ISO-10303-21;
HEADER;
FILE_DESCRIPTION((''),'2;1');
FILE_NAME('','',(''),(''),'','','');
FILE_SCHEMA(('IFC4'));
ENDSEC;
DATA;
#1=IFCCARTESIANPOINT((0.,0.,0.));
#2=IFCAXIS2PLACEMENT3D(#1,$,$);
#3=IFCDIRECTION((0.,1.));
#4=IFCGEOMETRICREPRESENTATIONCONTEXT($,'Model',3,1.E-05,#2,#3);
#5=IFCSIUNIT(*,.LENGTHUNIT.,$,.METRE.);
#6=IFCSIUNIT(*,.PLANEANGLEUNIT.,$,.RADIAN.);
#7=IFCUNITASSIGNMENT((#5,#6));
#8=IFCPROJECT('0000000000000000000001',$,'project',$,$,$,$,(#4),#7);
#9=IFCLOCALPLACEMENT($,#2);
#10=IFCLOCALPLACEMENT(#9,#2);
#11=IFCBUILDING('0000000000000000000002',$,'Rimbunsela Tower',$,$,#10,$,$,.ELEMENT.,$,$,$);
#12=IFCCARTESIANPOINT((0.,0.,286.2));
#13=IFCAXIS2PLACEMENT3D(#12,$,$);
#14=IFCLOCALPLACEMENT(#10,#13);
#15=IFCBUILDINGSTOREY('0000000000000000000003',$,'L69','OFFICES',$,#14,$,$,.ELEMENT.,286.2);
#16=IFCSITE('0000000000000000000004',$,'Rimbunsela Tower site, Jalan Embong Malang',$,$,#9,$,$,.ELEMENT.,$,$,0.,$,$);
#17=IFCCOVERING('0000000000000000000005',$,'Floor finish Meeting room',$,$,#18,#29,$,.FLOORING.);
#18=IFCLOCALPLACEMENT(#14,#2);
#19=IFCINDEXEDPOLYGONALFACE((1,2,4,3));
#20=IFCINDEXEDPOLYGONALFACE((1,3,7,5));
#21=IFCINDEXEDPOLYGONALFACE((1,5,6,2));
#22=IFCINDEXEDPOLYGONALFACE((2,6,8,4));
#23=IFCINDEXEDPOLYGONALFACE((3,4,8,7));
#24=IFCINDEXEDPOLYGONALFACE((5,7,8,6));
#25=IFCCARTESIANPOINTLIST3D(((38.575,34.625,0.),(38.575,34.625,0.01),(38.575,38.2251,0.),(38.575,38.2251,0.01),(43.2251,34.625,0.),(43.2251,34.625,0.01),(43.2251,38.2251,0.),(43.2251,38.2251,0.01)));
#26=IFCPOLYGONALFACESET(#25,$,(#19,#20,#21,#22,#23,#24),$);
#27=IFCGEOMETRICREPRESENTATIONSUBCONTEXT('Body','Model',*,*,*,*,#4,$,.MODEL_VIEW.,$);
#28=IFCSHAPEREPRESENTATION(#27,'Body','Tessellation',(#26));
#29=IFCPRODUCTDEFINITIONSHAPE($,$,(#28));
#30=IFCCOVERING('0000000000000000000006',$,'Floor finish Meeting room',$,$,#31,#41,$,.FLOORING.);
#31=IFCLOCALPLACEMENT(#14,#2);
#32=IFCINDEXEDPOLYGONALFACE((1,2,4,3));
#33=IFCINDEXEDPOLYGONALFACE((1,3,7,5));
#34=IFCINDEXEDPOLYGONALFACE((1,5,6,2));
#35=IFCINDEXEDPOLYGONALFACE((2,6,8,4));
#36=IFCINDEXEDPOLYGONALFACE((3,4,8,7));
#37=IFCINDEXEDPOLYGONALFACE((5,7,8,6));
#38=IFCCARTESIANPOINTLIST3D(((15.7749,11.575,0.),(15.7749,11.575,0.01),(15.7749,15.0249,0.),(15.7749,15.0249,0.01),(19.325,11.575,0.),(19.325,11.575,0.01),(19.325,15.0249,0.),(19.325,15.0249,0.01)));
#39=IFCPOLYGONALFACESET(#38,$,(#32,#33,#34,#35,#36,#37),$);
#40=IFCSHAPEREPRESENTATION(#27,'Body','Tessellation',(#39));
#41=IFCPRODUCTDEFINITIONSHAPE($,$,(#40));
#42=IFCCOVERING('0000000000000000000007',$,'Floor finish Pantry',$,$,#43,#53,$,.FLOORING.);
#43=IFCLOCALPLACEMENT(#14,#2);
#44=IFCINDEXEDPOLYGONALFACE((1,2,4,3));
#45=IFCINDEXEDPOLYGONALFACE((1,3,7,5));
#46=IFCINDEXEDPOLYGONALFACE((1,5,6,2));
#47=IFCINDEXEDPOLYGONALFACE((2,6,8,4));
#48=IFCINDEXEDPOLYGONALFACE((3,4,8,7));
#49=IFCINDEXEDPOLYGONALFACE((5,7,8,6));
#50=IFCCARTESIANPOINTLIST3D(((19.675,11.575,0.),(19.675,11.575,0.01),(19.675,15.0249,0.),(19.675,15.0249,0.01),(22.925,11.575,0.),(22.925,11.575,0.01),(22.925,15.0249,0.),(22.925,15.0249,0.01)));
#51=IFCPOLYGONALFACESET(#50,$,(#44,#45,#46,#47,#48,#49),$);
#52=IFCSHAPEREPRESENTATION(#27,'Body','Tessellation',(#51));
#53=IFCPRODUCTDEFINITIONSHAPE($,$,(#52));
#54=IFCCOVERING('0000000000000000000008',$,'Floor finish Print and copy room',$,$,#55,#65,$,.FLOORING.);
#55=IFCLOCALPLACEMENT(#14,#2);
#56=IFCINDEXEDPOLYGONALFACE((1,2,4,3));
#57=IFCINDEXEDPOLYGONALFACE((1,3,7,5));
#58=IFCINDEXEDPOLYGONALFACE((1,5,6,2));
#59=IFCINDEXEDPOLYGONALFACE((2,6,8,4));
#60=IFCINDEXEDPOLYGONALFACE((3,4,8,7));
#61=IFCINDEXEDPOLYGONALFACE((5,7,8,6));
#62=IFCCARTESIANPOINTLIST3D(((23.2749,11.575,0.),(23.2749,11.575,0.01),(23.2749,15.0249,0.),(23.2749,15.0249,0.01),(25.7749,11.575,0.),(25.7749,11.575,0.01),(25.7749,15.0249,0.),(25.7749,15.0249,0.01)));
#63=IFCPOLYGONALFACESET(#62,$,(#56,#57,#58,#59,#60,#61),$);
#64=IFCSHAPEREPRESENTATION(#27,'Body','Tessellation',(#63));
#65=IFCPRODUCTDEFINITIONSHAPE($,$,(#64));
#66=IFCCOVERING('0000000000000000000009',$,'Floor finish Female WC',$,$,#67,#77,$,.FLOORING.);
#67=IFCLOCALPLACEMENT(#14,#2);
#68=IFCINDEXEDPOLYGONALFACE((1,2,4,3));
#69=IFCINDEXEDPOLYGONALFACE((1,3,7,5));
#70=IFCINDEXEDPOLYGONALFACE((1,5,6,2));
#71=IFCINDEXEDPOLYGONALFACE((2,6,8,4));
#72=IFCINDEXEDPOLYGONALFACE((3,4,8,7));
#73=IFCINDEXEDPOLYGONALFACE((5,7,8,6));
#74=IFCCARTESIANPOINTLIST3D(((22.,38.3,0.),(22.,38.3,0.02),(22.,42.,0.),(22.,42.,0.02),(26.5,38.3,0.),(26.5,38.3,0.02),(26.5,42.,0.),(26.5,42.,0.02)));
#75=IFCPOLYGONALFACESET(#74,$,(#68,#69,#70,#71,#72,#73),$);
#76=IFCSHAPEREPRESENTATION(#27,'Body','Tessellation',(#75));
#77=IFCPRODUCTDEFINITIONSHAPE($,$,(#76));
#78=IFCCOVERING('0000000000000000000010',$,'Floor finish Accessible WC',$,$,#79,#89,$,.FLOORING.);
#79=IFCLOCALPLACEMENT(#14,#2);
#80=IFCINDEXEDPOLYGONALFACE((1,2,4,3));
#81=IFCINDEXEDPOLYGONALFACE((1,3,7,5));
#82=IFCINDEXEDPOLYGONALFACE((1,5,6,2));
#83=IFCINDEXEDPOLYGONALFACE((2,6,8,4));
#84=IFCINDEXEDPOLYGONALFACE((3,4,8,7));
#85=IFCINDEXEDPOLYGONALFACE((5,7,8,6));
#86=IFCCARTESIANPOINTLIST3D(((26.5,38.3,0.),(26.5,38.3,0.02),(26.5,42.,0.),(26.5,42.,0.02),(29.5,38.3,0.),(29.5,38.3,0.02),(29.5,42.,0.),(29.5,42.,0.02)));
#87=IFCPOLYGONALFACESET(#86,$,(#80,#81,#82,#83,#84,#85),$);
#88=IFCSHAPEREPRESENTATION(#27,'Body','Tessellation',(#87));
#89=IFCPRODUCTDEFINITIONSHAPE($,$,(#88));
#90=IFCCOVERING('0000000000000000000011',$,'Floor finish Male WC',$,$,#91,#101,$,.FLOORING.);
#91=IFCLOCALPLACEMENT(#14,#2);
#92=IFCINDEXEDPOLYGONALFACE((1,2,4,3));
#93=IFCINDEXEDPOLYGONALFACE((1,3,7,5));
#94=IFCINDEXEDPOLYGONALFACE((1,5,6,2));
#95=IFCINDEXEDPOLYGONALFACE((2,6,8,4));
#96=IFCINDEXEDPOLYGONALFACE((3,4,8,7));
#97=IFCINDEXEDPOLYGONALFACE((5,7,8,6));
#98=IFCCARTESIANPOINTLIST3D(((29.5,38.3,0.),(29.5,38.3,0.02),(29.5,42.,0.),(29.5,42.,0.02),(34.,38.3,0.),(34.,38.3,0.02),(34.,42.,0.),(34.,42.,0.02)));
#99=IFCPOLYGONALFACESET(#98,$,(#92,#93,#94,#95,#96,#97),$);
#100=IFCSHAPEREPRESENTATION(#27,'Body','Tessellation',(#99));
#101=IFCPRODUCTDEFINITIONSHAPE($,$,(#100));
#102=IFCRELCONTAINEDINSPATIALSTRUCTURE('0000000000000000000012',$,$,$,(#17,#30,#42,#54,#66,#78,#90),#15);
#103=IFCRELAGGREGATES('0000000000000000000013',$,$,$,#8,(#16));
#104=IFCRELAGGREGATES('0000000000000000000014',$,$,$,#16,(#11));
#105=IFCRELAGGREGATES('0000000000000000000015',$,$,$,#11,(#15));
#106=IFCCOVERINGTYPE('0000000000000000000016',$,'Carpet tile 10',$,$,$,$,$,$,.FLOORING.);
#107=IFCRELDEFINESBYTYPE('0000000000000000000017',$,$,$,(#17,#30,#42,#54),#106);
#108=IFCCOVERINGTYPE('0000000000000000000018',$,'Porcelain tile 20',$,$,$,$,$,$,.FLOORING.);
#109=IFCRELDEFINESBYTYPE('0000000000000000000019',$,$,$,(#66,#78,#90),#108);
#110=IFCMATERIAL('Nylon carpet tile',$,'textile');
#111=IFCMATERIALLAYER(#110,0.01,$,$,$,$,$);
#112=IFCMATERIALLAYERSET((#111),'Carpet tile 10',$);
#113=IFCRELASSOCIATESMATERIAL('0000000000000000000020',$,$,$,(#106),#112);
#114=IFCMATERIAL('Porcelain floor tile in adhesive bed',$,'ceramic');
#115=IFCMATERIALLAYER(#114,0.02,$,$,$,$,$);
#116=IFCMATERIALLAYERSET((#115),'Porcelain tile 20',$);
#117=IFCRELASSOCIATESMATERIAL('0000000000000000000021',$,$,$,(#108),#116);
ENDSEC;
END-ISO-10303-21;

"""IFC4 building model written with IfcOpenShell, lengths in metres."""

from ifc_helpers import new_model, si_unit, direction, frame, origin, place, context, subcontext, project, spatial, polyline, outline, extrude, material, layer, layer_set, type_object, element, save


model = new_model("IFC4")

# Units and contexts
model_context = context("Model", 3, precision=1e-05, world=origin(), true_north=direction((0.0, 1.0)))
body_context = subcontext(model_context, "Body", "Model", "MODEL_VIEW")
ifc_project = project(units=[si_unit("LENGTHUNIT", "METRE"), si_unit("PLANEANGLEUNIT", "RADIAN")], contexts=[model_context])

# Site, building, storey
site_placement = place(None, origin())
site = spatial("IfcSite", under=ifc_project, at=site_placement, Name="Rimbunsela Tower site, Jalan Embong Malang", CompositionType="ELEMENT", RefElevation=0.0)
building_placement = place(site_placement, origin())
building = spatial("IfcBuilding", under=site, at=building_placement, Name="Rimbunsela Tower", CompositionType="ELEMENT")
storey_placement = place(building_placement, frame((0.0, 0.0, 286.2)))
storey = spatial("IfcBuildingStorey", under=building, at=storey_placement, Name="L69", Description="OFFICES", CompositionType="ELEMENT", Elevation=286.2)

# Coverings
ifc_material_1 = material(Name="Nylon carpet tile", Category="textile")
ifc_layer_1 = layer(ifc_material_1, 0.01)
ifc_layer_set_1 = layer_set([ifc_layer_1], Name="Carpet tile 10")
covering_type_1 = type_object("IfcCoveringType", Name="Carpet tile 10", PredefinedType="FLOORING", material=ifc_layer_set_1)
covering_1_placement = place(storey_placement, origin())
element("IfcCovering", 1, at=covering_1_placement, inside=storey, type_object=covering_type_1, Name="Floor finish Meeting room", PredefinedType="FLOORING", context=body_context, shape_type="SweptSolid", body=[
    extrude(outline(polyline([(43.2251, 34.625), (43.2251, 38.2251), (38.575, 38.2251), (38.575, 34.625), (43.2251, 34.625)])), origin(), (0.0, 0.0, 1.0), 0.01),
])
covering_2_placement = place(storey_placement, origin())
element("IfcCovering", 2, at=covering_2_placement, inside=storey, type_object=covering_type_1, Name="Floor finish Meeting room", PredefinedType="FLOORING", context=body_context, shape_type="SweptSolid", body=[
    extrude(outline(polyline([(19.325, 11.575), (19.325, 15.0249), (15.7749, 15.0249), (15.7749, 11.575), (19.325, 11.575)])), origin(), (0.0, 0.0, 1.0), 0.01),
])
covering_3_placement = place(storey_placement, origin())
element("IfcCovering", 3, at=covering_3_placement, inside=storey, type_object=covering_type_1, Name="Floor finish Pantry", PredefinedType="FLOORING", context=body_context, shape_type="SweptSolid", body=[
    extrude(outline(polyline([(22.925, 11.575), (22.925, 15.0249), (19.675, 15.0249), (19.675, 11.575), (22.925, 11.575)])), origin(), (0.0, 0.0, 1.0), 0.01),
])
covering_4_placement = place(storey_placement, origin())
element("IfcCovering", 4, at=covering_4_placement, inside=storey, type_object=covering_type_1, Name="Floor finish Print and copy room", PredefinedType="FLOORING", context=body_context, shape_type="SweptSolid", body=[
    extrude(outline(polyline([(25.7749, 11.575), (25.7749, 15.0249), (23.2749, 15.0249), (23.2749, 11.575), (25.7749, 11.575)])), origin(), (0.0, 0.0, 1.0), 0.01),
])
ifc_material_2 = material(Name="Porcelain floor tile in adhesive bed", Category="ceramic")
ifc_layer_2 = layer(ifc_material_2, 0.02)
ifc_layer_set_2 = layer_set([ifc_layer_2], Name="Porcelain tile 20")
covering_type_2 = type_object("IfcCoveringType", Name="Porcelain tile 20", PredefinedType="FLOORING", material=ifc_layer_set_2)
covering_5_placement = place(storey_placement, origin())
element("IfcCovering", 5, at=covering_5_placement, inside=storey, type_object=covering_type_2, Name="Floor finish Female WC", PredefinedType="FLOORING", context=body_context, shape_type="SweptSolid", body=[
    extrude(outline(polyline([(26.5, 38.3), (26.5, 42.0), (22.0, 42.0), (22.0, 38.3), (26.5, 38.3)])), origin(), (0.0, 0.0, 1.0), 0.02),
])
covering_6_placement = place(storey_placement, origin())
element("IfcCovering", 6, at=covering_6_placement, inside=storey, type_object=covering_type_2, Name="Floor finish Accessible WC", PredefinedType="FLOORING", context=body_context, shape_type="SweptSolid", body=[
    extrude(outline(polyline([(29.5, 38.3), (29.5, 42.0), (26.5, 42.0), (26.5, 38.3), (29.5, 38.3)])), origin(), (0.0, 0.0, 1.0), 0.02),
])
covering_7_placement = place(storey_placement, origin())
element("IfcCovering", 7, at=covering_7_placement, inside=storey, type_object=covering_type_2, Name="Floor finish Male WC", PredefinedType="FLOORING", context=body_context, shape_type="SweptSolid", body=[
    extrude(outline(polyline([(34.0, 38.3), (34.0, 42.0), (29.5, 42.0), (29.5, 38.3), (34.0, 38.3)])), origin(), (0.0, 0.0, 1.0), 0.02),
])

save(model, "model.ifc")
